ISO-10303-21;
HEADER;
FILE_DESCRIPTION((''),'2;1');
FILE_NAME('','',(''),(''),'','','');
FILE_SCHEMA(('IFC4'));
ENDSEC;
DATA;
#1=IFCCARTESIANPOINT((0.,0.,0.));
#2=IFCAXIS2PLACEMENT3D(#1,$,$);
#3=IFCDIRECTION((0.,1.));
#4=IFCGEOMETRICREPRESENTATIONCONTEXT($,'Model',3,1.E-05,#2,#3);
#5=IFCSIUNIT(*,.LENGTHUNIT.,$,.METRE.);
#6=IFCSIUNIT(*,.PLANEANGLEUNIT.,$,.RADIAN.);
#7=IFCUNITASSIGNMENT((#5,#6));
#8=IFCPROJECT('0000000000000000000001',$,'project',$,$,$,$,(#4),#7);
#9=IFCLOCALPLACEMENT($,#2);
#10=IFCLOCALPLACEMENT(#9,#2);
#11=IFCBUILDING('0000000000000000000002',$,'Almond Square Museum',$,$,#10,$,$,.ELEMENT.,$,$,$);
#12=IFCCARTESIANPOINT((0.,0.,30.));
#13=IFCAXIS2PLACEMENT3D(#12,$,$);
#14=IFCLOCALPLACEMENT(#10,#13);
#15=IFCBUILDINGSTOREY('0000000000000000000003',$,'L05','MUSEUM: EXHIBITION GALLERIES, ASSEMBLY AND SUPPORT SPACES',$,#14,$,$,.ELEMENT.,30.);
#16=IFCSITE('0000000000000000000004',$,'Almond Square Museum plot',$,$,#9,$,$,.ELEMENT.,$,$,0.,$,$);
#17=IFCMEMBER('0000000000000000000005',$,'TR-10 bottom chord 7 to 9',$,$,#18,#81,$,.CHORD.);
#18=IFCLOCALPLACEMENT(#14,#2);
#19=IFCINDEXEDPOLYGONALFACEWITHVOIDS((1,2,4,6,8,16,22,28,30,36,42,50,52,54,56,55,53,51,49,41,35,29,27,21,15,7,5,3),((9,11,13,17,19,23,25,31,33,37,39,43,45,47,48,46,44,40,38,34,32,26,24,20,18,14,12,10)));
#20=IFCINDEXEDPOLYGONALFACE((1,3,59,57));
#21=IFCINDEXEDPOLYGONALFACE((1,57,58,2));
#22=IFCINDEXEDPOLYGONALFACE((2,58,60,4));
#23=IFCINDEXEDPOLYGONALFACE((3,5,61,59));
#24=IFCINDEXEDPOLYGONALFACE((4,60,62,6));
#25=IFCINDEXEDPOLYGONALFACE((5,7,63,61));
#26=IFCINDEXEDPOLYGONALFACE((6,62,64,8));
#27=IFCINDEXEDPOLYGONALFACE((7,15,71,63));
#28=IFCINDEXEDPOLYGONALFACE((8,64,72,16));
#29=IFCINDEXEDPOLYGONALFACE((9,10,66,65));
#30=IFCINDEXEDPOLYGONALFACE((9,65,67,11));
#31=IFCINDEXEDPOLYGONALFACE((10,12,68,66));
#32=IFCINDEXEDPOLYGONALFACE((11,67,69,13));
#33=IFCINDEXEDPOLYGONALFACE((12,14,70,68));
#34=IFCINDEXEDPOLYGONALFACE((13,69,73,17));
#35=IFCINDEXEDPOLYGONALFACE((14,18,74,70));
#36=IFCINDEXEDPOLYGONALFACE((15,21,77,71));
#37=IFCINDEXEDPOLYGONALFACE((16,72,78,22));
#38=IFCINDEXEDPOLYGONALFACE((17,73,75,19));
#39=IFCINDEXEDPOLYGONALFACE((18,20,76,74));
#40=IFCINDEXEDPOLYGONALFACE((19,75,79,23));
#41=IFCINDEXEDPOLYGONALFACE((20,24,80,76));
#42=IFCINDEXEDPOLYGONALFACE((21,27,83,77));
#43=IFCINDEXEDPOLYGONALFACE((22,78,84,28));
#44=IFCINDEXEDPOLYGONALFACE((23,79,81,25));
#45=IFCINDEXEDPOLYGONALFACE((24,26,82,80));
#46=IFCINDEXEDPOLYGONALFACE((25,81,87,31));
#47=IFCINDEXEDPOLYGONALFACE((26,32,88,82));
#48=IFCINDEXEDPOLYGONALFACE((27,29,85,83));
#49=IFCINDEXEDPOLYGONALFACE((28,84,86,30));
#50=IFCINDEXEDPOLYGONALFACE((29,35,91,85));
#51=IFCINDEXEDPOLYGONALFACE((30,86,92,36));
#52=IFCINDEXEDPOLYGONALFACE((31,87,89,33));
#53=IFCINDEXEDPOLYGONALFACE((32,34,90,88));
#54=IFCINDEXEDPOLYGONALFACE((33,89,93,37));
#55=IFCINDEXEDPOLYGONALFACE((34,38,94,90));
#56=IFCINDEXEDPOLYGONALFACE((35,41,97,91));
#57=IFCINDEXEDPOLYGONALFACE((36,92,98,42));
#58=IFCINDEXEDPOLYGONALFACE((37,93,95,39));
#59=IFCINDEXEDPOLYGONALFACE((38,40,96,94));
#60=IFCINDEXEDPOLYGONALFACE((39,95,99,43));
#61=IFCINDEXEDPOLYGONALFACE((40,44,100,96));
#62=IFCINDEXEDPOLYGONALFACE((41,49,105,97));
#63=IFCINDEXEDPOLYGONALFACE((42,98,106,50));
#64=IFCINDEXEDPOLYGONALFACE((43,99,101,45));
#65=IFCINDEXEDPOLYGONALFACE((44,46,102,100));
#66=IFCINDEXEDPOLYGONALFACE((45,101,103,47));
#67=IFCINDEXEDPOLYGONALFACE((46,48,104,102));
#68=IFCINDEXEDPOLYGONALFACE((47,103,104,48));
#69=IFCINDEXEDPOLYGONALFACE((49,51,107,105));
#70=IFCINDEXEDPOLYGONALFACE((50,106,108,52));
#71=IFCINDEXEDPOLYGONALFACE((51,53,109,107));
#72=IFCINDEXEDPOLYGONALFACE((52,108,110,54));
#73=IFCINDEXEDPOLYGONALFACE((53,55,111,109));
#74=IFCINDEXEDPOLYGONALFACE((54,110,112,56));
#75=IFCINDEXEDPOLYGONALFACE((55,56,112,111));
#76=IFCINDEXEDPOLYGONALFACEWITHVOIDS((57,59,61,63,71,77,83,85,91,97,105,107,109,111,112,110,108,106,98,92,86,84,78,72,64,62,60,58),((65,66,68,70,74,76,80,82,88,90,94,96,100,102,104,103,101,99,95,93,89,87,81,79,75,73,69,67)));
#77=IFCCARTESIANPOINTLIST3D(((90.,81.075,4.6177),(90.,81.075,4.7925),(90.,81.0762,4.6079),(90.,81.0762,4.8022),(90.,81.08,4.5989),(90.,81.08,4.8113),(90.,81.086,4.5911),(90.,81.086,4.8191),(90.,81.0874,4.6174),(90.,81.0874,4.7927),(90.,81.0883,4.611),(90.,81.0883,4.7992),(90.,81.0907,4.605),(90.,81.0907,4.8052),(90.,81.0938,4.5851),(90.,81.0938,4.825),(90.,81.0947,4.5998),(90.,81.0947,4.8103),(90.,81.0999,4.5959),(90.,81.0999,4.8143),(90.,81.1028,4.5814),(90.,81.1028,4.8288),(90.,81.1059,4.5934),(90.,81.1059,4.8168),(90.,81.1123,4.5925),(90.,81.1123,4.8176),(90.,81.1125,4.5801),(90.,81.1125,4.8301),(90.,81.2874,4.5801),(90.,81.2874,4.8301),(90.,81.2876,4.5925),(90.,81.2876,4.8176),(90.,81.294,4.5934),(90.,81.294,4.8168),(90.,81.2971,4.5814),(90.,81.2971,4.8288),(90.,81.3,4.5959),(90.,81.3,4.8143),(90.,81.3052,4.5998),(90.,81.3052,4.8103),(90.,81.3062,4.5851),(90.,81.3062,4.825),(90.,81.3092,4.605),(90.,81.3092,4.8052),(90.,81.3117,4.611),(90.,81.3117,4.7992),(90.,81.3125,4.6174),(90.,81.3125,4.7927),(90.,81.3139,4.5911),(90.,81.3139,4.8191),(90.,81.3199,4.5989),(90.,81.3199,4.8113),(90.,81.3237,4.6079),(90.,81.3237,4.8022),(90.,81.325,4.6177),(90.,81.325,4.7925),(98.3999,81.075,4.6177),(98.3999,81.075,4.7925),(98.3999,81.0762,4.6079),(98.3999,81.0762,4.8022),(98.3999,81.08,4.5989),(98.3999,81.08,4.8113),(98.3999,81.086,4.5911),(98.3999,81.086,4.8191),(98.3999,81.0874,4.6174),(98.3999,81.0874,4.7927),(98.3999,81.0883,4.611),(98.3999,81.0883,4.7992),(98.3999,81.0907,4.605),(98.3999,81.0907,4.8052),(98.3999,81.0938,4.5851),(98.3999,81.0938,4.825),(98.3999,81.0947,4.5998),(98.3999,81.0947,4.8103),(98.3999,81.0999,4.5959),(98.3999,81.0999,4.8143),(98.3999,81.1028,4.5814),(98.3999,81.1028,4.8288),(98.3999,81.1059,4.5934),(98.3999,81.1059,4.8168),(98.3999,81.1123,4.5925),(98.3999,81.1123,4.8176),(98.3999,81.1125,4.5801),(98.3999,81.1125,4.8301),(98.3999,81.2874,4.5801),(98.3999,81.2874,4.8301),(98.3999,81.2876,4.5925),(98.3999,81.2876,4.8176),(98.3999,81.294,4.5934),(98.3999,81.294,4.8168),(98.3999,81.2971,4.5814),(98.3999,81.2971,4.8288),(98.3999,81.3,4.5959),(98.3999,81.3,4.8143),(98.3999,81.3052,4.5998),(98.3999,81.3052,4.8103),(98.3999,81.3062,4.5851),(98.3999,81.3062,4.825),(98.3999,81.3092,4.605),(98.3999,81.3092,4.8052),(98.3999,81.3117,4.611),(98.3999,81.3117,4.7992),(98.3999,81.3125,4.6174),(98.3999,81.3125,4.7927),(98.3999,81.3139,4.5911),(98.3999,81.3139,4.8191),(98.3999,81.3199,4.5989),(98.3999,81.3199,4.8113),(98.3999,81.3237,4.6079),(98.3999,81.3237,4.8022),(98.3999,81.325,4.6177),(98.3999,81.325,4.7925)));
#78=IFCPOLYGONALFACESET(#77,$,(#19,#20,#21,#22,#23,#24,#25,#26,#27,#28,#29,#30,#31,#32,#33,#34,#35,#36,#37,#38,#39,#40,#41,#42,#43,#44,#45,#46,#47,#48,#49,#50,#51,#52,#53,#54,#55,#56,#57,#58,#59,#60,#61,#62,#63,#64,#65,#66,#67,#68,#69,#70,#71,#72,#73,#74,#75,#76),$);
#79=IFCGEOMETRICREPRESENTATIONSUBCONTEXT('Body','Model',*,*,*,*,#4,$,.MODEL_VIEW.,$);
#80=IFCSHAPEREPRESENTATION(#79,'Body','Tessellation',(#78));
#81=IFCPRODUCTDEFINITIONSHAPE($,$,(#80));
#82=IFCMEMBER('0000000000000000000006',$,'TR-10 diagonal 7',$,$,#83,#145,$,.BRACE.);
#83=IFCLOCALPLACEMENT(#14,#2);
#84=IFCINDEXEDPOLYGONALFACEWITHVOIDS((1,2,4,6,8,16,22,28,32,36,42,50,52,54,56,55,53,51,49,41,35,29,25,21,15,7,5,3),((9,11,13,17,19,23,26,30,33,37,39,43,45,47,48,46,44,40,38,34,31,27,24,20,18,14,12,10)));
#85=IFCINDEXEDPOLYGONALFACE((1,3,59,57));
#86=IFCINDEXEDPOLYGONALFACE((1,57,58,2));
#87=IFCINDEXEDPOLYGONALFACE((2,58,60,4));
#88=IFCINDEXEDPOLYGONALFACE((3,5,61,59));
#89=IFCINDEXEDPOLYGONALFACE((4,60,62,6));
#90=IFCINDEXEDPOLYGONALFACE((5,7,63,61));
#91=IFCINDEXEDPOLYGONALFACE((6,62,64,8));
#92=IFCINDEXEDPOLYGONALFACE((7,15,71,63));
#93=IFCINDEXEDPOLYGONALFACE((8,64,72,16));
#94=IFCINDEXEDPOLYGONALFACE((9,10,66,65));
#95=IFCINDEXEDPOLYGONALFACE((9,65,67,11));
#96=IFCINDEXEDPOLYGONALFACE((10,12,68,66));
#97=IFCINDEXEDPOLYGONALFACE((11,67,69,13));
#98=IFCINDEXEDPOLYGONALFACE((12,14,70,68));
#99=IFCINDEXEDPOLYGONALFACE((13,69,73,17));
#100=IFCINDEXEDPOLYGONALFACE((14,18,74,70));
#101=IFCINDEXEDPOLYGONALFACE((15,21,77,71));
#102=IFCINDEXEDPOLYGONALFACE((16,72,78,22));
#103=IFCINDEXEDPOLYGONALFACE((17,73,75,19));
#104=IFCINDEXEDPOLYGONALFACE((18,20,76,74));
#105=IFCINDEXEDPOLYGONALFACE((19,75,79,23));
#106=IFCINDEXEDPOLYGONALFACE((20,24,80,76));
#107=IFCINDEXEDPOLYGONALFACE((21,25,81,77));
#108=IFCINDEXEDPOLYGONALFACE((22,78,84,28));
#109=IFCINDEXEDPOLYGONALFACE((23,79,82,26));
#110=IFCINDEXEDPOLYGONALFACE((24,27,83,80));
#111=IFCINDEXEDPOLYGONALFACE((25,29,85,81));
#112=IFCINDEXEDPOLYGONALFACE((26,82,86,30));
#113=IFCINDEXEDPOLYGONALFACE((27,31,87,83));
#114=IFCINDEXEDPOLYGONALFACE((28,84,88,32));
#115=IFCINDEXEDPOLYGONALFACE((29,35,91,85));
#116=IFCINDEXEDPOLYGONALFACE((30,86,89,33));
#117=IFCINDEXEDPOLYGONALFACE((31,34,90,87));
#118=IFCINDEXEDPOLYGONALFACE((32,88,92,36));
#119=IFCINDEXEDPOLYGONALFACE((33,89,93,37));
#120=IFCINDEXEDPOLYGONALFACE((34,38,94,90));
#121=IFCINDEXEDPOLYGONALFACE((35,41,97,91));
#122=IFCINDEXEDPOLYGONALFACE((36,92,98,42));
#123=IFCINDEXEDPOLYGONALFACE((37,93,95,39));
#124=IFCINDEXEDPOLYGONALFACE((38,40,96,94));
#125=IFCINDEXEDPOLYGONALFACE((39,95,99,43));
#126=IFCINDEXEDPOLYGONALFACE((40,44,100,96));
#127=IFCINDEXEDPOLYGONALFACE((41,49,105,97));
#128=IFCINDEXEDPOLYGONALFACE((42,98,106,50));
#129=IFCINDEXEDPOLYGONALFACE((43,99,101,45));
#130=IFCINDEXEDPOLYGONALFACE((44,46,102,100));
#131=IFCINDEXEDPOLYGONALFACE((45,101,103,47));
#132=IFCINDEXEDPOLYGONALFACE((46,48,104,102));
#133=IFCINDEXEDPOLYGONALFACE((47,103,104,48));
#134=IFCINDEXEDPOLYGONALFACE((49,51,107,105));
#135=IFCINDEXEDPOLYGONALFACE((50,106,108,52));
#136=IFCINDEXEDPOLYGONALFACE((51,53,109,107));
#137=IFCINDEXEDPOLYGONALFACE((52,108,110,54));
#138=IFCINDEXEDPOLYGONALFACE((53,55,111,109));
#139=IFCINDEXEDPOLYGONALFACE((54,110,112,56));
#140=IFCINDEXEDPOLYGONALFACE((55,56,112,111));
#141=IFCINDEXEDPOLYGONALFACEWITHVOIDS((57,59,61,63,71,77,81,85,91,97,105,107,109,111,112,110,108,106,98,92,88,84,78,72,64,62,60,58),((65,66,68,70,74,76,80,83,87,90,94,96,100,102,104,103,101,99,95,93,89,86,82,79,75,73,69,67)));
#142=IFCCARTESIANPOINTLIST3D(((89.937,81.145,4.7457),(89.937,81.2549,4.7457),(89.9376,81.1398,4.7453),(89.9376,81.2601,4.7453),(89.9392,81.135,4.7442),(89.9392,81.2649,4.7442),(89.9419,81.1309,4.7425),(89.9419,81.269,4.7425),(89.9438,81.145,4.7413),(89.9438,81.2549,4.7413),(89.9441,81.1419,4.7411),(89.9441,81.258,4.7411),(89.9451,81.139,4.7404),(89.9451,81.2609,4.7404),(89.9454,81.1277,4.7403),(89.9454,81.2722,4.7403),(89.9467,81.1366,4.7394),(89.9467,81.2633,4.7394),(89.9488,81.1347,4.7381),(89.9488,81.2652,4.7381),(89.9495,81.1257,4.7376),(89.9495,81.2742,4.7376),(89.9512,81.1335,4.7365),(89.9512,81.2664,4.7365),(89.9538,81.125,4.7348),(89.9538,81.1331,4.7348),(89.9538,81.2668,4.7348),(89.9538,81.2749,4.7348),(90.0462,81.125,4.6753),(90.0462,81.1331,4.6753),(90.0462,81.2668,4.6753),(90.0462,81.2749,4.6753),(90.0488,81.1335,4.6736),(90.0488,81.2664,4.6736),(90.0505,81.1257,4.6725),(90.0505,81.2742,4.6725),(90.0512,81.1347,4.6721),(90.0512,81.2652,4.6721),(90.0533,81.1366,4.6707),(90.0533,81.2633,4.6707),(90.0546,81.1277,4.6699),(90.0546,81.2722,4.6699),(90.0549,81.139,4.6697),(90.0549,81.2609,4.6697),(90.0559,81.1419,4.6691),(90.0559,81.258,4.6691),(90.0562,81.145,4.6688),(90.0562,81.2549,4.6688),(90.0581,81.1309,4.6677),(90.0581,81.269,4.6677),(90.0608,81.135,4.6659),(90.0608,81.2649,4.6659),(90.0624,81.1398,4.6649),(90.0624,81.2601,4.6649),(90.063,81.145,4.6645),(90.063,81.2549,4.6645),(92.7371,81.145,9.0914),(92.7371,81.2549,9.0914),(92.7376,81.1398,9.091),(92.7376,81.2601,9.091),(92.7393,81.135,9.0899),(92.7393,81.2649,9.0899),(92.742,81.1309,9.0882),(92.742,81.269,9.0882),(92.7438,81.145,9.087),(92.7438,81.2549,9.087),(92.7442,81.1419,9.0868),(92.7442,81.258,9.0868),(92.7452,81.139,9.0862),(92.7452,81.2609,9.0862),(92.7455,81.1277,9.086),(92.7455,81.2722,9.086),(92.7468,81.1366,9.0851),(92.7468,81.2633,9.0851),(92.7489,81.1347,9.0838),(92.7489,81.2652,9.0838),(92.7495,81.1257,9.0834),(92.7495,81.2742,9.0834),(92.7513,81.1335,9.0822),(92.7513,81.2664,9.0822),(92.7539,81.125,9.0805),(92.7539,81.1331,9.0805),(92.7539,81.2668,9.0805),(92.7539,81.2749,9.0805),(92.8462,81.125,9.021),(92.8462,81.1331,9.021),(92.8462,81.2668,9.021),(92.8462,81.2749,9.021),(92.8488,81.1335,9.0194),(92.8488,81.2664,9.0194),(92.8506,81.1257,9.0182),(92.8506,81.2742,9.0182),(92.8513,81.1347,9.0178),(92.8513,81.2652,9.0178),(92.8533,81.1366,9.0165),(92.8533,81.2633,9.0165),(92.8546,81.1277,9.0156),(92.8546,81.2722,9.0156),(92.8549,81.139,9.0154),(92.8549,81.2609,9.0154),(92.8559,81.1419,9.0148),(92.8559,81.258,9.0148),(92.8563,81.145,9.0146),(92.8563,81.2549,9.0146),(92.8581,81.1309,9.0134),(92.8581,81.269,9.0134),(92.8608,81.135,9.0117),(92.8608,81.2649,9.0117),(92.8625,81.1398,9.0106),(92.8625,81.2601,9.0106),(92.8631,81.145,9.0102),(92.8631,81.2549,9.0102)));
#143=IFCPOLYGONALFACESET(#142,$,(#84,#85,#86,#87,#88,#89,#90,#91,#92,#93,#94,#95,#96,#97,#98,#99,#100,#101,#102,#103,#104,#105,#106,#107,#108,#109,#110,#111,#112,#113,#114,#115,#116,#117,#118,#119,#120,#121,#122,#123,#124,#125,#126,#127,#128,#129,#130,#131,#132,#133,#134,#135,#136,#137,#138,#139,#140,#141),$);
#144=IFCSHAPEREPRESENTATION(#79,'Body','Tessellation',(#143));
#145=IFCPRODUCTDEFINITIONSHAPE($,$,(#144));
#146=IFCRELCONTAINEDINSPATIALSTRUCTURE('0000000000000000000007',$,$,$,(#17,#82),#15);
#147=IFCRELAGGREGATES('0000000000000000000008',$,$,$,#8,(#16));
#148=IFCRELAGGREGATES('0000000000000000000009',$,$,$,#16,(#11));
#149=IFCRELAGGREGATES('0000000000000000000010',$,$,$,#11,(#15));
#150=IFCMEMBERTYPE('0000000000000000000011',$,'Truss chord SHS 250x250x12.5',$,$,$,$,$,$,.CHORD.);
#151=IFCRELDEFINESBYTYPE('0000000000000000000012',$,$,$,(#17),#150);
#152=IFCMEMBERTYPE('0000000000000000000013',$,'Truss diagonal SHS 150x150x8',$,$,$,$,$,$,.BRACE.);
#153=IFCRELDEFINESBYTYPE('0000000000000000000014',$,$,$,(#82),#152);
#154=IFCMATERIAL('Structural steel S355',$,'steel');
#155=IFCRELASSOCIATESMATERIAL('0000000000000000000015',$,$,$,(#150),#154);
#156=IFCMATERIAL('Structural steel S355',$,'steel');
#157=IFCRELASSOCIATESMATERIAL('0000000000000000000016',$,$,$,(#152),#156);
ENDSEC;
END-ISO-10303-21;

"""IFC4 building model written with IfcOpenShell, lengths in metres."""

from ifc_helpers import new_model, si_unit, direction, frame, origin, origin_2d, place, context, subcontext, project, spatial, hollow_rectangle, extrude, material, material_profile, profile_set, type_object, element, save


model = new_model("IFC4")

# Units and contexts
model_context = context("Model", 3, precision=1e-05, world=origin(), true_north=direction((0.0, 1.0)))
body_context = subcontext(model_context, "Body", "Model", "MODEL_VIEW")
ifc_project = project(units=[si_unit("LENGTHUNIT", "METRE"), si_unit("PLANEANGLEUNIT", "RADIAN")], contexts=[model_context])

# Site, building, storey
site_placement = place(None, origin())
site = spatial("IfcSite", under=ifc_project, at=site_placement, Name="Almond Square Museum plot", CompositionType="ELEMENT", RefElevation=0.0)
building_placement = place(site_placement, origin())
building = spatial("IfcBuilding", under=site, at=building_placement, Name="Almond Square Museum", CompositionType="ELEMENT")
storey_placement = place(building_placement, frame((0.0, 0.0, 30.0)))
storey = spatial("IfcBuildingStorey", under=building, at=storey_placement, Name="L05", Description="MUSEUM: EXHIBITION GALLERIES, ASSEMBLY AND SUPPORT SPACES", CompositionType="ELEMENT", Elevation=30.0)

# Members
ifc_material_1 = material(Name="Structural steel S355", Category="steel")
ifc_material_profile_1 = material_profile(ifc_material_1, hollow_rectangle(XDim=0.25, YDim=0.25, WallThickness=0.0125, InnerFilletRadius=0.0249, OuterFilletRadius=0.0376, at=origin_2d()))
ifc_profile_set_1 = profile_set([ifc_material_profile_1], Name="Structural steel S355")
member_type_1 = type_object("IfcMemberType", Name="Truss chord SHS 250x250x12.5", PredefinedType="CHORD", material=ifc_profile_set_1)
member_1_placement = place(storey_placement, frame((90.0, 81.2, 4.7051), z_axis=(1.0, 0.0, 0.0), x_axis=(0.0, 1.0, 0.0)))
element("IfcMember", 1, at=member_1_placement, inside=storey, type_object=member_type_1, Name="TR-10 bottom chord 7 to 9", PredefinedType="CHORD", context=body_context, shape_type="SweptSolid", body=[
    extrude(hollow_rectangle(XDim=0.25, YDim=0.25, WallThickness=0.0125, InnerFilletRadius=0.0249, OuterFilletRadius=0.0376, at=origin_2d()), origin(), (0.0, 0.0, 1.0), 8.3999),
])
ifc_material_2 = material(Name="Structural steel S355", Category="steel")
ifc_material_profile_2 = material_profile(ifc_material_2, hollow_rectangle(XDim=0.1499, YDim=0.1499, WallThickness=0.0081, InnerFilletRadius=0.012, OuterFilletRadius=0.02, at=origin_2d()))
ifc_profile_set_2 = profile_set([ifc_material_profile_2], Name="Structural steel S355")
member_type_2 = type_object("IfcMemberType", Name="Truss diagonal SHS 150x150x8", PredefinedType="BRACE", material=ifc_profile_set_2)
for number, where, z_axis, x_axis, name in (
    (2, (90.0, 81.2, 4.7051), (0.541631, 0.0, 0.840616), (0.0, 1.0, 0.0), "TR-10 diagonal 7"),
):
    element("IfcMember", number, at=place(storey_placement, frame(where, z_axis=z_axis, x_axis=x_axis)), inside=storey, type_object=member_type_2, Name=name, PredefinedType="BRACE", context=body_context, shape_type="SweptSolid", body=[
        extrude(hollow_rectangle(XDim=0.1499, YDim=0.1499, WallThickness=0.0081, InnerFilletRadius=0.012, OuterFilletRadius=0.02, at=origin_2d()), origin(), (0.0, 0.0, 1.0), 5.1697),
    ])

save(model, "model.ifc")
